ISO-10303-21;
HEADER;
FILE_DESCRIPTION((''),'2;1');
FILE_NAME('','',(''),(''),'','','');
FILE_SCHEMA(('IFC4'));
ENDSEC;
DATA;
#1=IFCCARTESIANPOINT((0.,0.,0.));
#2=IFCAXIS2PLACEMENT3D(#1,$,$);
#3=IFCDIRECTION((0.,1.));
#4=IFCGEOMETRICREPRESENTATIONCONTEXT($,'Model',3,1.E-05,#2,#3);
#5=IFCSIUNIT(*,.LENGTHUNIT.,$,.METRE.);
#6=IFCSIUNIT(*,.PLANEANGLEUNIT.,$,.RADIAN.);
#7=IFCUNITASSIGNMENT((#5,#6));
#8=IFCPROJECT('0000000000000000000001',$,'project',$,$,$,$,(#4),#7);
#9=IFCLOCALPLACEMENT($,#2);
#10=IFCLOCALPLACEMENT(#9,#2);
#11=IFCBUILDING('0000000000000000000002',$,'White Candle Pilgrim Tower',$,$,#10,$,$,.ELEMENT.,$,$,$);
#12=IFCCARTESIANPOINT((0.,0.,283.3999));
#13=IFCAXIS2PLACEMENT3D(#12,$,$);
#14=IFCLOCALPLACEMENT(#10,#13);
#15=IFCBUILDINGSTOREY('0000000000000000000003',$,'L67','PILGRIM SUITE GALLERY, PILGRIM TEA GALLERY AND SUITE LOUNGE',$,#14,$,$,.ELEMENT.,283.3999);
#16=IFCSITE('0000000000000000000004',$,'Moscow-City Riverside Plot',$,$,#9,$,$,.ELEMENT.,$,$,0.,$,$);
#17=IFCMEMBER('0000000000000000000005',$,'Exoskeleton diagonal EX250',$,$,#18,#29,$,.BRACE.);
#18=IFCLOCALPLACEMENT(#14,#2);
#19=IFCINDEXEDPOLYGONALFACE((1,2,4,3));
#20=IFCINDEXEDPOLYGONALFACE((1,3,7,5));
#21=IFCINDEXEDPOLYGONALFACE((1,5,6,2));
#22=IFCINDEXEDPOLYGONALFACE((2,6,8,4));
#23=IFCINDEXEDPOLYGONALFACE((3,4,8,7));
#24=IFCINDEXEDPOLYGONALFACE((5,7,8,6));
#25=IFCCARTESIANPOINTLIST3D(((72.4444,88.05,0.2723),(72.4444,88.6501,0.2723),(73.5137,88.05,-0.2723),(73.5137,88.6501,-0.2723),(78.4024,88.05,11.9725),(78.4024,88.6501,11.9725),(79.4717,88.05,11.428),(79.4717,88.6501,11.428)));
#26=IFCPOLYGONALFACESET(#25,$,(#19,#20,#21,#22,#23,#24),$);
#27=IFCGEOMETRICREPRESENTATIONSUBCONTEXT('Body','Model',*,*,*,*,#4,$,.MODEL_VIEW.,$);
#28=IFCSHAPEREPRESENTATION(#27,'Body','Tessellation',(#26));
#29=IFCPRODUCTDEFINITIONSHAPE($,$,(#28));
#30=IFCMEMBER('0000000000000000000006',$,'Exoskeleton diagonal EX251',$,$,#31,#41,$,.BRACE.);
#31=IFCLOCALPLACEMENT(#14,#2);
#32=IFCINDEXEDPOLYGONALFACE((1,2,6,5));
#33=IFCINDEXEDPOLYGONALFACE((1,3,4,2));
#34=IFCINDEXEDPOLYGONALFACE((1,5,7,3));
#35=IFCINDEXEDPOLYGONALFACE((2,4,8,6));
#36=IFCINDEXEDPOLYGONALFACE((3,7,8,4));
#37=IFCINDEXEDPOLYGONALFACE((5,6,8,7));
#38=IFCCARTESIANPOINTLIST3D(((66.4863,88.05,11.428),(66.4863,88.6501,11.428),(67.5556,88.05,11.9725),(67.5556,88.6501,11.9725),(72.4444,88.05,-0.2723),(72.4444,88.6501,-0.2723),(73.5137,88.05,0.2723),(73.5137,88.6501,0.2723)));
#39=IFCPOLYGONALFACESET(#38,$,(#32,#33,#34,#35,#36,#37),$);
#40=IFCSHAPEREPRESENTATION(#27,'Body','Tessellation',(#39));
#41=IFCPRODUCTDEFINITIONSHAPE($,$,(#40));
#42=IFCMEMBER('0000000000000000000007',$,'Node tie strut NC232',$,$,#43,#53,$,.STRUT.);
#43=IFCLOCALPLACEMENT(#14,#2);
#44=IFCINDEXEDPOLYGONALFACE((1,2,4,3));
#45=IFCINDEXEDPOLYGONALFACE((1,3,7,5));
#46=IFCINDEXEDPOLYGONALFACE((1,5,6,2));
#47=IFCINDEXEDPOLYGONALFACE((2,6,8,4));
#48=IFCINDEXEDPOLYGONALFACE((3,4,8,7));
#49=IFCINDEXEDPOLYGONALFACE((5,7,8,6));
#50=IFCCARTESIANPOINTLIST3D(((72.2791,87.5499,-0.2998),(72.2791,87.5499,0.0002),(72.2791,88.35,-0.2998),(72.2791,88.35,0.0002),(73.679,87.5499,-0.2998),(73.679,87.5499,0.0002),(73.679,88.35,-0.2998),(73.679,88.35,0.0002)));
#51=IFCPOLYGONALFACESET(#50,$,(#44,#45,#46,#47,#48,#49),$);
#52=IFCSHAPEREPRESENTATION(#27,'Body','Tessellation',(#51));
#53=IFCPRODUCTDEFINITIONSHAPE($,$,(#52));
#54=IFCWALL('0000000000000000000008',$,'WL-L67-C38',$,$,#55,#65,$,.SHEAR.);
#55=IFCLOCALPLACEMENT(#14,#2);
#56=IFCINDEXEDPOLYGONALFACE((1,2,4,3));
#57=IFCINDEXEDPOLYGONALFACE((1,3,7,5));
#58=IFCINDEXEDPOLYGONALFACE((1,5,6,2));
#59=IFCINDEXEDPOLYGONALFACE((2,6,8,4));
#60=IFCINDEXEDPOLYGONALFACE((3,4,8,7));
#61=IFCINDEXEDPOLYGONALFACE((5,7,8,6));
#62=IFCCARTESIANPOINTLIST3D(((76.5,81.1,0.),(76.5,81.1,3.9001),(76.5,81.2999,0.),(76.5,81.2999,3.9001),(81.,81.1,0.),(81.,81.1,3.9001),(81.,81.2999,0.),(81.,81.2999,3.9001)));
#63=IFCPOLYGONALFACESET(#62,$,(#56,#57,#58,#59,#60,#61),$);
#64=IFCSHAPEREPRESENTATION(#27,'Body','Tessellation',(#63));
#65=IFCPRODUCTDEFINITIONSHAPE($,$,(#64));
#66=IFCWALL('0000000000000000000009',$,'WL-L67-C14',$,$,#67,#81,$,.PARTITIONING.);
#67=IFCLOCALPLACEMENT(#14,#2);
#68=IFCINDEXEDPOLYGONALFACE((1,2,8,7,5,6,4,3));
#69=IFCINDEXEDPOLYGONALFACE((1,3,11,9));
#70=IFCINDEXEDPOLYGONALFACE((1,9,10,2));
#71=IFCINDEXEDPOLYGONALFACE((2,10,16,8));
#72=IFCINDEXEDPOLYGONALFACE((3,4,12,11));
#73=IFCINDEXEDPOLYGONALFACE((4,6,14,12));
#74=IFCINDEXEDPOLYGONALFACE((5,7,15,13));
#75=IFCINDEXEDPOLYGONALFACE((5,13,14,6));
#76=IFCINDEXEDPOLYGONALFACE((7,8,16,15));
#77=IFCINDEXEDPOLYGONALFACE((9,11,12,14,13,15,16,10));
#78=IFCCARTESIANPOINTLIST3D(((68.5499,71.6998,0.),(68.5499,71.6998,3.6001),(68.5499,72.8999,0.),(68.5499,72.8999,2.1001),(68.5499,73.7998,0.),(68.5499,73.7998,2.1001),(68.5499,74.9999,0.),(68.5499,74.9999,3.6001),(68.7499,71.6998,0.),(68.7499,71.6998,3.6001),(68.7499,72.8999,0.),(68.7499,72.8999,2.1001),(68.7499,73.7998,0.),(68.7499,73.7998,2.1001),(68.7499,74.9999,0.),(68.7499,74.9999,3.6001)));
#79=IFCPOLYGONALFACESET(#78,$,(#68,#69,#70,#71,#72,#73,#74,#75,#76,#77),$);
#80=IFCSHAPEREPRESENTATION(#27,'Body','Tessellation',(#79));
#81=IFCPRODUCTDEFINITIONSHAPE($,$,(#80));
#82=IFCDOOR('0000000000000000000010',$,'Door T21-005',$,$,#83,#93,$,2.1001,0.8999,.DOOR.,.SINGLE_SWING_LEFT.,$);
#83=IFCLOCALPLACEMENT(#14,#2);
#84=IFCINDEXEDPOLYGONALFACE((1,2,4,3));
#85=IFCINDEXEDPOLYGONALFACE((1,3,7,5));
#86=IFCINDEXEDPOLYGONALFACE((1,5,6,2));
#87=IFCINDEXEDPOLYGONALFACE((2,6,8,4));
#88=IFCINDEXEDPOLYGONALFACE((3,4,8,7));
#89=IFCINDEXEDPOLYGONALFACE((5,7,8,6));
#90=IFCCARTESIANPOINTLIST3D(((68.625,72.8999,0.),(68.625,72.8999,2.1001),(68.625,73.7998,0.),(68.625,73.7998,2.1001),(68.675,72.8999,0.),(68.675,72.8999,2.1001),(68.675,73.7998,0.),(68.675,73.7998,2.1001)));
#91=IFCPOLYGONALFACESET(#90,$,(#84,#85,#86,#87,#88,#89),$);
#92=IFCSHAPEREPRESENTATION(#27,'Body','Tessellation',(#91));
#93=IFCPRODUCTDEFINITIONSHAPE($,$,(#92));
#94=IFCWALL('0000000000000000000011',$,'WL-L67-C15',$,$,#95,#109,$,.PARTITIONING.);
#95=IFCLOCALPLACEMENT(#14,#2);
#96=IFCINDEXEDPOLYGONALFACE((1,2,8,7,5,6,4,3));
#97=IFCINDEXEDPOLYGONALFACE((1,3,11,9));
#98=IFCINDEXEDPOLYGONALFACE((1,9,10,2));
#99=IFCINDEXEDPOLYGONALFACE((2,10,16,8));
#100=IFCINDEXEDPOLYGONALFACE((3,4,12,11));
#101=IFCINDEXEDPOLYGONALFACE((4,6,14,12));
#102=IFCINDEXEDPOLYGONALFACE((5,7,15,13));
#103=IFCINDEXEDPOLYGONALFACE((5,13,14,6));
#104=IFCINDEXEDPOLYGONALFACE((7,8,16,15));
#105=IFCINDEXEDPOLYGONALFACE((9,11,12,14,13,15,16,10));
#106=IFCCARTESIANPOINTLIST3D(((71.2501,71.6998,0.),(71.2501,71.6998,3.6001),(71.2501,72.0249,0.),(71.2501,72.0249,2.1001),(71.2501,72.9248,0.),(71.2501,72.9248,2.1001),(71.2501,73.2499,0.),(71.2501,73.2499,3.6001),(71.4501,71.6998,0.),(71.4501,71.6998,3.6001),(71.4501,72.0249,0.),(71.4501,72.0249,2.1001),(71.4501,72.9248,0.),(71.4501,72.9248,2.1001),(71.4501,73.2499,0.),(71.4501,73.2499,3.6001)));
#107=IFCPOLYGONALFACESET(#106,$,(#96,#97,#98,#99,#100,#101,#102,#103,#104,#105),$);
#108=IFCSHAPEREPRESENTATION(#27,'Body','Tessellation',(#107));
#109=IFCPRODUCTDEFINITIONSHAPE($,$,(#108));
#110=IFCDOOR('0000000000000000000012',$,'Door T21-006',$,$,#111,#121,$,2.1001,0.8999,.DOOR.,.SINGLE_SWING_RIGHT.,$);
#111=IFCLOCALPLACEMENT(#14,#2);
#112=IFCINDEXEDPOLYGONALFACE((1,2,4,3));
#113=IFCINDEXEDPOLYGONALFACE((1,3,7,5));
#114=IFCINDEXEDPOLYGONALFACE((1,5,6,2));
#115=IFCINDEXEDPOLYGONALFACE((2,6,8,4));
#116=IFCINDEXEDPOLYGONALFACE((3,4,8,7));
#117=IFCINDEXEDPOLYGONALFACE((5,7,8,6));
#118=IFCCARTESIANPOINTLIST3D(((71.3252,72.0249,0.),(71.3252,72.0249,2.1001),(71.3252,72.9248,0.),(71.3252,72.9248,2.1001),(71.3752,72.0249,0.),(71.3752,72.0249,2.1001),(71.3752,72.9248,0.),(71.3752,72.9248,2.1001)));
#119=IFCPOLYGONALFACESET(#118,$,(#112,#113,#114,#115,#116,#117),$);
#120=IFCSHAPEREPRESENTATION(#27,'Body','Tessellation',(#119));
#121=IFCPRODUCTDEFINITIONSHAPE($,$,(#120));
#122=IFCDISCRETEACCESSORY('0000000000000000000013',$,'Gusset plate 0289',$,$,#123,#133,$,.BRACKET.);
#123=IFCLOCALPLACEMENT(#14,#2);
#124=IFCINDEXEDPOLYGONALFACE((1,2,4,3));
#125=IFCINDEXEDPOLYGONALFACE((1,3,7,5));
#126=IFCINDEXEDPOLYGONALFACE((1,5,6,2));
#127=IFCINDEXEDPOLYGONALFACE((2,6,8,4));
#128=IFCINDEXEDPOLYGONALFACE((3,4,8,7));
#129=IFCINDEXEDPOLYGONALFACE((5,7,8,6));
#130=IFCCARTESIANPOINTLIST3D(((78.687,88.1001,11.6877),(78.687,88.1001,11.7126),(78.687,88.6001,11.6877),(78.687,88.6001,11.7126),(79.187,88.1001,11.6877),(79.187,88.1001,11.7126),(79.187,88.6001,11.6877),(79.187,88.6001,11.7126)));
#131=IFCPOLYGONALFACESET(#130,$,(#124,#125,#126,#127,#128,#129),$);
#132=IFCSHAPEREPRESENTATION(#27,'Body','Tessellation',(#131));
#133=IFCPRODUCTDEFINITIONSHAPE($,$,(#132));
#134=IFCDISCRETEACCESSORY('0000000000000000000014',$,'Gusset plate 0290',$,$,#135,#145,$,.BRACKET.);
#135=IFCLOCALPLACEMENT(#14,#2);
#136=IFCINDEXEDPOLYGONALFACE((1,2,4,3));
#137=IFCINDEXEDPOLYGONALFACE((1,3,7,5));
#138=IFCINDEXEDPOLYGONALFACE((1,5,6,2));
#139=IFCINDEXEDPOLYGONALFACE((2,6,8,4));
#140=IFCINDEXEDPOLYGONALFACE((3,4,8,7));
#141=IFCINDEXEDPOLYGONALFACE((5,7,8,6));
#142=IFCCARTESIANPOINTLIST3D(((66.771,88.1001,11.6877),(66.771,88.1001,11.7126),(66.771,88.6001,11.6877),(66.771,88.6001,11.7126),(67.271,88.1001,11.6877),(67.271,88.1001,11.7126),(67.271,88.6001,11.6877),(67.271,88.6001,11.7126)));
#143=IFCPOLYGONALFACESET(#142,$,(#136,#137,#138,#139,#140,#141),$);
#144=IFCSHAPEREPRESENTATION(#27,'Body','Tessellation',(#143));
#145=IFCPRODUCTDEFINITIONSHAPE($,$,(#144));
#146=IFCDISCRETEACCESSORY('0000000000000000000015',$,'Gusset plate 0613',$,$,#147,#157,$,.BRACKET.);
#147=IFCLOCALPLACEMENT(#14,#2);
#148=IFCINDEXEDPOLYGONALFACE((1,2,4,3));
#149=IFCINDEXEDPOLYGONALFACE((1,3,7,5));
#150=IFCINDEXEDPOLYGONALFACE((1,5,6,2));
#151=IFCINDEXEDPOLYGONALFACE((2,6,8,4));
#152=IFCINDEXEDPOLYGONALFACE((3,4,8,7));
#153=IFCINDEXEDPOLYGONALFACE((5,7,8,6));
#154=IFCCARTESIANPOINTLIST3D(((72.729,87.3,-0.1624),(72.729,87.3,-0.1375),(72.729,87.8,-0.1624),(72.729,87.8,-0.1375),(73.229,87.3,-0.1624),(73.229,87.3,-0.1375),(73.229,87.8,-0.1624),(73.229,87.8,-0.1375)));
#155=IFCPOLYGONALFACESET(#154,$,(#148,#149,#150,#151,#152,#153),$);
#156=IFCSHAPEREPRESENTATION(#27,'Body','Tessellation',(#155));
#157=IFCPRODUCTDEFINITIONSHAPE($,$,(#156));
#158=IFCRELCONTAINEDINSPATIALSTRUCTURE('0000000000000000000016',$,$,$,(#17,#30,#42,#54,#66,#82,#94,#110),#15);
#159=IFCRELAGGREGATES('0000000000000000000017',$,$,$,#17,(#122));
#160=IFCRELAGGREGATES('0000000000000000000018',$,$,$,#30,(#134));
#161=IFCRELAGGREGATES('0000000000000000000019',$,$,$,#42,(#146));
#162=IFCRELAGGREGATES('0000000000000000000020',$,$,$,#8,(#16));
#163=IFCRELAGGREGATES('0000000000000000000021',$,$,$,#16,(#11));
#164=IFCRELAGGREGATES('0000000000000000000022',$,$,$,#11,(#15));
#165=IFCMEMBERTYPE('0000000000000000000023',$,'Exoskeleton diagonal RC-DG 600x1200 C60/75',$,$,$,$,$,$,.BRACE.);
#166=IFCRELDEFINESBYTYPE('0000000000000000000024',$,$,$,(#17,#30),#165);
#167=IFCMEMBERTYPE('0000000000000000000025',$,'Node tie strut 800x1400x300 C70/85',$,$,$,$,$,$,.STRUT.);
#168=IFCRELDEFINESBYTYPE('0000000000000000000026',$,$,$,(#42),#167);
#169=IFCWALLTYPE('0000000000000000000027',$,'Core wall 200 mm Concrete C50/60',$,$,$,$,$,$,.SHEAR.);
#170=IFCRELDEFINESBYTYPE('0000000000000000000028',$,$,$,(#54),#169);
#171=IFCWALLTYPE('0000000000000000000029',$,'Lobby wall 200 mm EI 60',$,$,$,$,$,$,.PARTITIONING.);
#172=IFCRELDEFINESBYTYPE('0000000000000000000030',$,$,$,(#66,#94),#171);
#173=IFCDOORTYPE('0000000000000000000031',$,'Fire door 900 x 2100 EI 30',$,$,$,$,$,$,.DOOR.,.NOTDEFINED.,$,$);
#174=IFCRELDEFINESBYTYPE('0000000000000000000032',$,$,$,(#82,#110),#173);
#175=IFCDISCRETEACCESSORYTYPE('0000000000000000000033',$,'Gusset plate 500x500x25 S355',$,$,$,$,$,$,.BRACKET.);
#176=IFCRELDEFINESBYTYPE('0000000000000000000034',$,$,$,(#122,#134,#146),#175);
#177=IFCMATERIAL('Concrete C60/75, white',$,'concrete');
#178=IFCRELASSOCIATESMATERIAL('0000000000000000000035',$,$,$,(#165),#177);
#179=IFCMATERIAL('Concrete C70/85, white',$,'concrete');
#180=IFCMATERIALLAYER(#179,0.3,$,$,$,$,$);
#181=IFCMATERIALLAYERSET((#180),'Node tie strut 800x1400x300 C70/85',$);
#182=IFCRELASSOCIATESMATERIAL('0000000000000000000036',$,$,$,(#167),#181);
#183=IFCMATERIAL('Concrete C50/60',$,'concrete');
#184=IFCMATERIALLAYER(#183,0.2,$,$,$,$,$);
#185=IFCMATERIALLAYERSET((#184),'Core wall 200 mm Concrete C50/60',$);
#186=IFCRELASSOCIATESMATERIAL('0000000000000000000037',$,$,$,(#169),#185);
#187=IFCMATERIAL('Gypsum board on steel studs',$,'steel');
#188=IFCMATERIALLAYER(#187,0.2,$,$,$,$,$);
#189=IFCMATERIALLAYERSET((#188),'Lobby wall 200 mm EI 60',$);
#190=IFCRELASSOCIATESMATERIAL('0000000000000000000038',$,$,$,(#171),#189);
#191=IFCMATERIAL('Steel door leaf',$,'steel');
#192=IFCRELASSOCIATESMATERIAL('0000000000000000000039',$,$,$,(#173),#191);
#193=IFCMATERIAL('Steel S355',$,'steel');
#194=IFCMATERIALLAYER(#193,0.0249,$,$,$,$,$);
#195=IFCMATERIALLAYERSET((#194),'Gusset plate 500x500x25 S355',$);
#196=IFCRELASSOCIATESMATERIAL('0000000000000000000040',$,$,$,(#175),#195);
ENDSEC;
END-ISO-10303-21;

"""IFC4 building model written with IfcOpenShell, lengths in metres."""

from ifc_helpers import new_model, si_unit, direction, frame, frame_2d, origin, origin_2d, place, context, subcontext, project, spatial, rectangle, extrude, material, layer, layer_set, material_profile, profile_set, type_object, element, fill, aggregate, save


model = new_model("IFC4")

# Units and contexts
model_context = context("Model", 3, precision=1e-05, world=origin(), true_north=direction((0.0, 1.0)))
body_context = subcontext(model_context, "Body", "Model", "MODEL_VIEW")
ifc_project = project(units=[si_unit("LENGTHUNIT", "METRE"), si_unit("PLANEANGLEUNIT", "RADIAN")], contexts=[model_context])

# Site, building, storey
site_placement = place(None, origin())
site = spatial("IfcSite", under=ifc_project, at=site_placement, Name="Moscow-City Riverside Plot", CompositionType="ELEMENT", RefElevation=0.0)
building_placement = place(site_placement, origin())
building = spatial("IfcBuilding", under=site, at=building_placement, Name="White Candle Pilgrim Tower", CompositionType="ELEMENT")
storey_placement = place(building_placement, frame((0.0, 0.0, 283.3999)))
storey = spatial("IfcBuildingStorey", under=building, at=storey_placement, Name="L67", Description="PILGRIM SUITE GALLERY, PILGRIM TEA GALLERY AND SUITE LOUNGE", CompositionType="ELEMENT", Elevation=283.3999)

# Members
ifc_material_1 = material(Name="Concrete C60/75, white", Category="concrete")
ifc_material_profile = material_profile(ifc_material_1, rectangle(XDim=0.6001, YDim=1.2, at=origin_2d()), Name="RC-DG 600x1200")
ifc_profile_set = profile_set([ifc_material_profile], Name="Concrete C60/75, white")
member_type_1 = type_object("IfcMemberType", Name="Exoskeleton diagonal RC-DG 600x1200 C60/75", PredefinedType="BRACE", material=ifc_profile_set)
member_1_placement = place(storey_placement, frame((72.979, 88.3501, 0.0), z_axis=(0.453776, 0.0, 0.891116), x_axis=(0.0, 1.0, 0.0)))
member_1 = element("IfcMember", 1, at=member_1_placement, inside=storey, type_object=member_type_1, Name="Exoskeleton diagonal EX250", PredefinedType="BRACE", context=body_context, shape_type="SweptSolid", body=[
    extrude(rectangle(XDim=0.6001, YDim=1.2, at=origin_2d()), origin(), (0.0, 0.0, 1.0), 13.1299),
])
member_2_placement = place(storey_placement, frame((72.979, 88.3501, 0.0), z_axis=(-0.453776, 0.0, 0.891116), x_axis=(0.0, -1.0, 0.0)))
member_2 = element("IfcMember", 2, at=member_2_placement, inside=storey, type_object=member_type_1, Name="Exoskeleton diagonal EX251", PredefinedType="BRACE", context=body_context, shape_type="SweptSolid", body=[
    extrude(rectangle(XDim=0.6001, YDim=1.2, at=origin_2d()), origin(), (0.0, 0.0, 1.0), 13.1299),
])
ifc_material_2 = material(Name="Concrete C70/85, white", Category="concrete")
ifc_layer_1 = layer(ifc_material_2, 0.3)
ifc_layer_set_1 = layer_set([ifc_layer_1], Name="Node tie strut 800x1400x300 C70/85")
member_type_2 = type_object("IfcMemberType", Name="Node tie strut 800x1400x300 C70/85", PredefinedType="STRUT", material=ifc_layer_set_1)
member_3_placement = place(storey_placement, frame((72.979, 87.95, -0.2998), z_axis=(0.0, 0.0, 1.0), x_axis=(-1.0, 0.0, 0.0)))
member_3 = element("IfcMember", 3, at=member_3_placement, inside=storey, type_object=member_type_2, Name="Node tie strut NC232", PredefinedType="STRUT", context=body_context, shape_type="SweptSolid", body=[
    extrude(rectangle(XDim=1.3999, YDim=0.8, at=origin_2d()), origin(), (0.0, 0.0, 1.0), 0.3),
])

# Wall
ifc_material_3 = material(Name="Concrete C50/60", Category="concrete")
ifc_layer_2 = layer(ifc_material_3, 0.2)
ifc_layer_set_2 = layer_set([ifc_layer_2], Name="Core wall 200 mm Concrete C50/60")
wall_type_1 = type_object("IfcWallType", Name="Core wall 200 mm Concrete C50/60", PredefinedType="SHEAR", material=ifc_layer_set_2)
wall_1_placement = place(storey_placement, frame((76.5, 81.2, 0.0), z_axis=(0.0, 0.0, 1.0), x_axis=(1.0, 0.0, 0.0)))
element("IfcWall", 4, at=wall_1_placement, inside=storey, type_object=wall_type_1, Name="WL-L67-C38", PredefinedType="SHEAR", context=body_context, shape_type="SweptSolid", body=[
    extrude(rectangle(XDim=4.5, YDim=0.2, at=frame_2d((2.25, 0.0))), origin(), (0.0, 0.0, 1.0), 3.9001),
])

# Walls, openings, doors
ifc_material_4 = material(Name="Gypsum board on steel studs", Category="steel")
ifc_layer_3 = layer(ifc_material_4, 0.2)
ifc_layer_set_3 = layer_set([ifc_layer_3], Name="Lobby wall 200 mm EI 60")
wall_type_2 = type_object("IfcWallType", Name="Lobby wall 200 mm EI 60", PredefinedType="PARTITIONING", material=ifc_layer_set_3)
wall_2_placement = place(storey_placement, frame((68.6499, 71.7, 0.0), z_axis=(0.0, 0.0, 1.0), x_axis=(0.0, 1.0, 0.0)))
wall_2 = element("IfcWall", 5, at=wall_2_placement, inside=storey, type_object=wall_type_2, Name="WL-L67-C14", PredefinedType="PARTITIONING", context=body_context, shape_type="SweptSolid", body=[
    extrude(rectangle(XDim=3.3, YDim=0.2, at=frame_2d((1.6499, 0.0))), origin(), (0.0, 0.0, 1.0), 3.6001),
])
opening_1_placement = place(wall_2_placement, frame((1.2, 0.0, 0.0)))
opening_1 = element("IfcOpeningElement", 6, at=opening_1_placement, cuts=wall_2, PredefinedType="OPENING", context=body_context, shape_type="SweptSolid", body=[
    extrude(rectangle(XDim=0.8999, YDim=2.1001, at=frame_2d((0.45, 1.05))), frame((0.0, 0.1099, 0.0), z_axis=(0.0, -1.0, 0.0), x_axis=(1.0, 0.0, 0.0)), (0.0, 0.0, 1.0), 0.22),
])
ifc_material_5 = material(Name="Steel door leaf", Category="steel")
door_type = type_object("IfcDoorType", Name="Fire door 900 x 2100 EI 30", OperationType="NOTDEFINED", PredefinedType="DOOR", material=ifc_material_5)
door_1_placement = place(opening_1_placement, origin())
door_1 = element("IfcDoor", 7, at=door_1_placement, inside=storey, type_object=door_type, Name="Door T21-005", OperationType="SINGLE_SWING_LEFT", OverallHeight=2.1001, OverallWidth=0.8999, PredefinedType="DOOR", context=body_context, shape_type="SweptSolid", body=[
    extrude(rectangle(XDim=0.8999, YDim=2.1001, at=frame_2d((0.45, 1.05))), frame((0.0, 0.0249, 0.0), z_axis=(0.0, -1.0, 0.0), x_axis=(1.0, 0.0, 0.0)), (0.0, 0.0, 1.0), 0.05),
])
fill(opening_1, door_1)
wall_3_placement = place(storey_placement, frame((71.3501, 71.7, 0.0), z_axis=(0.0, 0.0, 1.0), x_axis=(0.0, 1.0, 0.0)))
wall_3 = element("IfcWall", 8, at=wall_3_placement, inside=storey, type_object=wall_type_2, Name="WL-L67-C15", PredefinedType="PARTITIONING", context=body_context, shape_type="SweptSolid", body=[
    extrude(rectangle(XDim=1.55, YDim=0.2, at=frame_2d((0.7749, 0.0))), origin(), (0.0, 0.0, 1.0), 3.6001),
])
opening_2_placement = place(wall_3_placement, frame((0.325, 0.0, 0.0)))
opening_2 = element("IfcOpeningElement", 9, at=opening_2_placement, cuts=wall_3, PredefinedType="OPENING", context=body_context, shape_type="SweptSolid", body=[
    extrude(rectangle(XDim=0.8999, YDim=2.1001, at=frame_2d((0.45, 1.05))), frame((0.0, 0.1099, 0.0), z_axis=(0.0, -1.0, 0.0), x_axis=(1.0, 0.0, 0.0)), (0.0, 0.0, 1.0), 0.22),
])
door_2_placement = place(opening_2_placement, origin())
door_2 = element("IfcDoor", 10, at=door_2_placement, inside=storey, type_object=door_type, Name="Door T21-006", OperationType="SINGLE_SWING_RIGHT", OverallHeight=2.1001, OverallWidth=0.8999, PredefinedType="DOOR", context=body_context, shape_type="SweptSolid", body=[
    extrude(rectangle(XDim=0.8999, YDim=2.1001, at=frame_2d((0.45, 1.05))), frame((0.0, 0.0249, 0.0), z_axis=(0.0, -1.0, 0.0), x_axis=(1.0, 0.0, 0.0)), (0.0, 0.0, 1.0), 0.05),
])
fill(opening_2, door_2)

# Discrete accessories
ifc_material_6 = material(Name="Steel S355", Category="steel")
ifc_layer_4 = layer(ifc_material_6, 0.0249)
ifc_layer_set_4 = layer_set([ifc_layer_4], Name="Gusset plate 500x500x25 S355")
discrete_accessory_type = type_object("IfcDiscreteAccessoryType", Name="Gusset plate 500x500x25 S355", PredefinedType="BRACKET", material=ifc_layer_set_4)
placement = place(building_placement, frame((0.0, 0.0, 295.1001)))
discrete_accessory_1_placement = place(placement, frame((78.937, 88.3501, -0.0125), z_axis=(0.0, 0.0, 1.0), x_axis=(1.0, 0.0, 0.0)))
discrete_accessory_1 = element("IfcDiscreteAccessory", 11, at=discrete_accessory_1_placement, type_object=discrete_accessory_type, Name="Gusset plate 0289", PredefinedType="BRACKET", context=body_context, shape_type="SweptSolid", body=[
    extrude(rectangle(XDim=0.5, YDim=0.5, at=origin_2d()), origin(), (0.0, 0.0, 1.0), 0.0249),
])
aggregate(member_1, [discrete_accessory_1])
discrete_accessory_2_placement = place(placement, frame((67.021, 88.3501, -0.0125), z_axis=(0.0, 0.0, 1.0), x_axis=(1.0, 0.0, 0.0)))
discrete_accessory_2 = element("IfcDiscreteAccessory", 12, at=discrete_accessory_2_placement, type_object=discrete_accessory_type, Name="Gusset plate 0290", PredefinedType="BRACKET", context=body_context, shape_type="SweptSolid", body=[
    extrude(rectangle(XDim=0.5, YDim=0.5, at=origin_2d()), origin(), (0.0, 0.0, 1.0), 0.0249),
])
aggregate(member_2, [discrete_accessory_2])
discrete_accessory_3_placement = place(storey_placement, frame((72.979, 87.55, -0.1624), z_axis=(0.0, 0.0, 1.0), x_axis=(1.0, 0.0, 0.0)))
discrete_accessory_3 = element("IfcDiscreteAccessory", 13, at=discrete_accessory_3_placement, type_object=discrete_accessory_type, Name="Gusset plate 0613", PredefinedType="BRACKET", context=body_context, shape_type="SweptSolid", body=[
    extrude(rectangle(XDim=0.5, YDim=0.5, at=origin_2d()), origin(), (0.0, 0.0, 1.0), 0.0249),
])
aggregate(member_3, [discrete_accessory_3])

save(model, "model.ifc")
